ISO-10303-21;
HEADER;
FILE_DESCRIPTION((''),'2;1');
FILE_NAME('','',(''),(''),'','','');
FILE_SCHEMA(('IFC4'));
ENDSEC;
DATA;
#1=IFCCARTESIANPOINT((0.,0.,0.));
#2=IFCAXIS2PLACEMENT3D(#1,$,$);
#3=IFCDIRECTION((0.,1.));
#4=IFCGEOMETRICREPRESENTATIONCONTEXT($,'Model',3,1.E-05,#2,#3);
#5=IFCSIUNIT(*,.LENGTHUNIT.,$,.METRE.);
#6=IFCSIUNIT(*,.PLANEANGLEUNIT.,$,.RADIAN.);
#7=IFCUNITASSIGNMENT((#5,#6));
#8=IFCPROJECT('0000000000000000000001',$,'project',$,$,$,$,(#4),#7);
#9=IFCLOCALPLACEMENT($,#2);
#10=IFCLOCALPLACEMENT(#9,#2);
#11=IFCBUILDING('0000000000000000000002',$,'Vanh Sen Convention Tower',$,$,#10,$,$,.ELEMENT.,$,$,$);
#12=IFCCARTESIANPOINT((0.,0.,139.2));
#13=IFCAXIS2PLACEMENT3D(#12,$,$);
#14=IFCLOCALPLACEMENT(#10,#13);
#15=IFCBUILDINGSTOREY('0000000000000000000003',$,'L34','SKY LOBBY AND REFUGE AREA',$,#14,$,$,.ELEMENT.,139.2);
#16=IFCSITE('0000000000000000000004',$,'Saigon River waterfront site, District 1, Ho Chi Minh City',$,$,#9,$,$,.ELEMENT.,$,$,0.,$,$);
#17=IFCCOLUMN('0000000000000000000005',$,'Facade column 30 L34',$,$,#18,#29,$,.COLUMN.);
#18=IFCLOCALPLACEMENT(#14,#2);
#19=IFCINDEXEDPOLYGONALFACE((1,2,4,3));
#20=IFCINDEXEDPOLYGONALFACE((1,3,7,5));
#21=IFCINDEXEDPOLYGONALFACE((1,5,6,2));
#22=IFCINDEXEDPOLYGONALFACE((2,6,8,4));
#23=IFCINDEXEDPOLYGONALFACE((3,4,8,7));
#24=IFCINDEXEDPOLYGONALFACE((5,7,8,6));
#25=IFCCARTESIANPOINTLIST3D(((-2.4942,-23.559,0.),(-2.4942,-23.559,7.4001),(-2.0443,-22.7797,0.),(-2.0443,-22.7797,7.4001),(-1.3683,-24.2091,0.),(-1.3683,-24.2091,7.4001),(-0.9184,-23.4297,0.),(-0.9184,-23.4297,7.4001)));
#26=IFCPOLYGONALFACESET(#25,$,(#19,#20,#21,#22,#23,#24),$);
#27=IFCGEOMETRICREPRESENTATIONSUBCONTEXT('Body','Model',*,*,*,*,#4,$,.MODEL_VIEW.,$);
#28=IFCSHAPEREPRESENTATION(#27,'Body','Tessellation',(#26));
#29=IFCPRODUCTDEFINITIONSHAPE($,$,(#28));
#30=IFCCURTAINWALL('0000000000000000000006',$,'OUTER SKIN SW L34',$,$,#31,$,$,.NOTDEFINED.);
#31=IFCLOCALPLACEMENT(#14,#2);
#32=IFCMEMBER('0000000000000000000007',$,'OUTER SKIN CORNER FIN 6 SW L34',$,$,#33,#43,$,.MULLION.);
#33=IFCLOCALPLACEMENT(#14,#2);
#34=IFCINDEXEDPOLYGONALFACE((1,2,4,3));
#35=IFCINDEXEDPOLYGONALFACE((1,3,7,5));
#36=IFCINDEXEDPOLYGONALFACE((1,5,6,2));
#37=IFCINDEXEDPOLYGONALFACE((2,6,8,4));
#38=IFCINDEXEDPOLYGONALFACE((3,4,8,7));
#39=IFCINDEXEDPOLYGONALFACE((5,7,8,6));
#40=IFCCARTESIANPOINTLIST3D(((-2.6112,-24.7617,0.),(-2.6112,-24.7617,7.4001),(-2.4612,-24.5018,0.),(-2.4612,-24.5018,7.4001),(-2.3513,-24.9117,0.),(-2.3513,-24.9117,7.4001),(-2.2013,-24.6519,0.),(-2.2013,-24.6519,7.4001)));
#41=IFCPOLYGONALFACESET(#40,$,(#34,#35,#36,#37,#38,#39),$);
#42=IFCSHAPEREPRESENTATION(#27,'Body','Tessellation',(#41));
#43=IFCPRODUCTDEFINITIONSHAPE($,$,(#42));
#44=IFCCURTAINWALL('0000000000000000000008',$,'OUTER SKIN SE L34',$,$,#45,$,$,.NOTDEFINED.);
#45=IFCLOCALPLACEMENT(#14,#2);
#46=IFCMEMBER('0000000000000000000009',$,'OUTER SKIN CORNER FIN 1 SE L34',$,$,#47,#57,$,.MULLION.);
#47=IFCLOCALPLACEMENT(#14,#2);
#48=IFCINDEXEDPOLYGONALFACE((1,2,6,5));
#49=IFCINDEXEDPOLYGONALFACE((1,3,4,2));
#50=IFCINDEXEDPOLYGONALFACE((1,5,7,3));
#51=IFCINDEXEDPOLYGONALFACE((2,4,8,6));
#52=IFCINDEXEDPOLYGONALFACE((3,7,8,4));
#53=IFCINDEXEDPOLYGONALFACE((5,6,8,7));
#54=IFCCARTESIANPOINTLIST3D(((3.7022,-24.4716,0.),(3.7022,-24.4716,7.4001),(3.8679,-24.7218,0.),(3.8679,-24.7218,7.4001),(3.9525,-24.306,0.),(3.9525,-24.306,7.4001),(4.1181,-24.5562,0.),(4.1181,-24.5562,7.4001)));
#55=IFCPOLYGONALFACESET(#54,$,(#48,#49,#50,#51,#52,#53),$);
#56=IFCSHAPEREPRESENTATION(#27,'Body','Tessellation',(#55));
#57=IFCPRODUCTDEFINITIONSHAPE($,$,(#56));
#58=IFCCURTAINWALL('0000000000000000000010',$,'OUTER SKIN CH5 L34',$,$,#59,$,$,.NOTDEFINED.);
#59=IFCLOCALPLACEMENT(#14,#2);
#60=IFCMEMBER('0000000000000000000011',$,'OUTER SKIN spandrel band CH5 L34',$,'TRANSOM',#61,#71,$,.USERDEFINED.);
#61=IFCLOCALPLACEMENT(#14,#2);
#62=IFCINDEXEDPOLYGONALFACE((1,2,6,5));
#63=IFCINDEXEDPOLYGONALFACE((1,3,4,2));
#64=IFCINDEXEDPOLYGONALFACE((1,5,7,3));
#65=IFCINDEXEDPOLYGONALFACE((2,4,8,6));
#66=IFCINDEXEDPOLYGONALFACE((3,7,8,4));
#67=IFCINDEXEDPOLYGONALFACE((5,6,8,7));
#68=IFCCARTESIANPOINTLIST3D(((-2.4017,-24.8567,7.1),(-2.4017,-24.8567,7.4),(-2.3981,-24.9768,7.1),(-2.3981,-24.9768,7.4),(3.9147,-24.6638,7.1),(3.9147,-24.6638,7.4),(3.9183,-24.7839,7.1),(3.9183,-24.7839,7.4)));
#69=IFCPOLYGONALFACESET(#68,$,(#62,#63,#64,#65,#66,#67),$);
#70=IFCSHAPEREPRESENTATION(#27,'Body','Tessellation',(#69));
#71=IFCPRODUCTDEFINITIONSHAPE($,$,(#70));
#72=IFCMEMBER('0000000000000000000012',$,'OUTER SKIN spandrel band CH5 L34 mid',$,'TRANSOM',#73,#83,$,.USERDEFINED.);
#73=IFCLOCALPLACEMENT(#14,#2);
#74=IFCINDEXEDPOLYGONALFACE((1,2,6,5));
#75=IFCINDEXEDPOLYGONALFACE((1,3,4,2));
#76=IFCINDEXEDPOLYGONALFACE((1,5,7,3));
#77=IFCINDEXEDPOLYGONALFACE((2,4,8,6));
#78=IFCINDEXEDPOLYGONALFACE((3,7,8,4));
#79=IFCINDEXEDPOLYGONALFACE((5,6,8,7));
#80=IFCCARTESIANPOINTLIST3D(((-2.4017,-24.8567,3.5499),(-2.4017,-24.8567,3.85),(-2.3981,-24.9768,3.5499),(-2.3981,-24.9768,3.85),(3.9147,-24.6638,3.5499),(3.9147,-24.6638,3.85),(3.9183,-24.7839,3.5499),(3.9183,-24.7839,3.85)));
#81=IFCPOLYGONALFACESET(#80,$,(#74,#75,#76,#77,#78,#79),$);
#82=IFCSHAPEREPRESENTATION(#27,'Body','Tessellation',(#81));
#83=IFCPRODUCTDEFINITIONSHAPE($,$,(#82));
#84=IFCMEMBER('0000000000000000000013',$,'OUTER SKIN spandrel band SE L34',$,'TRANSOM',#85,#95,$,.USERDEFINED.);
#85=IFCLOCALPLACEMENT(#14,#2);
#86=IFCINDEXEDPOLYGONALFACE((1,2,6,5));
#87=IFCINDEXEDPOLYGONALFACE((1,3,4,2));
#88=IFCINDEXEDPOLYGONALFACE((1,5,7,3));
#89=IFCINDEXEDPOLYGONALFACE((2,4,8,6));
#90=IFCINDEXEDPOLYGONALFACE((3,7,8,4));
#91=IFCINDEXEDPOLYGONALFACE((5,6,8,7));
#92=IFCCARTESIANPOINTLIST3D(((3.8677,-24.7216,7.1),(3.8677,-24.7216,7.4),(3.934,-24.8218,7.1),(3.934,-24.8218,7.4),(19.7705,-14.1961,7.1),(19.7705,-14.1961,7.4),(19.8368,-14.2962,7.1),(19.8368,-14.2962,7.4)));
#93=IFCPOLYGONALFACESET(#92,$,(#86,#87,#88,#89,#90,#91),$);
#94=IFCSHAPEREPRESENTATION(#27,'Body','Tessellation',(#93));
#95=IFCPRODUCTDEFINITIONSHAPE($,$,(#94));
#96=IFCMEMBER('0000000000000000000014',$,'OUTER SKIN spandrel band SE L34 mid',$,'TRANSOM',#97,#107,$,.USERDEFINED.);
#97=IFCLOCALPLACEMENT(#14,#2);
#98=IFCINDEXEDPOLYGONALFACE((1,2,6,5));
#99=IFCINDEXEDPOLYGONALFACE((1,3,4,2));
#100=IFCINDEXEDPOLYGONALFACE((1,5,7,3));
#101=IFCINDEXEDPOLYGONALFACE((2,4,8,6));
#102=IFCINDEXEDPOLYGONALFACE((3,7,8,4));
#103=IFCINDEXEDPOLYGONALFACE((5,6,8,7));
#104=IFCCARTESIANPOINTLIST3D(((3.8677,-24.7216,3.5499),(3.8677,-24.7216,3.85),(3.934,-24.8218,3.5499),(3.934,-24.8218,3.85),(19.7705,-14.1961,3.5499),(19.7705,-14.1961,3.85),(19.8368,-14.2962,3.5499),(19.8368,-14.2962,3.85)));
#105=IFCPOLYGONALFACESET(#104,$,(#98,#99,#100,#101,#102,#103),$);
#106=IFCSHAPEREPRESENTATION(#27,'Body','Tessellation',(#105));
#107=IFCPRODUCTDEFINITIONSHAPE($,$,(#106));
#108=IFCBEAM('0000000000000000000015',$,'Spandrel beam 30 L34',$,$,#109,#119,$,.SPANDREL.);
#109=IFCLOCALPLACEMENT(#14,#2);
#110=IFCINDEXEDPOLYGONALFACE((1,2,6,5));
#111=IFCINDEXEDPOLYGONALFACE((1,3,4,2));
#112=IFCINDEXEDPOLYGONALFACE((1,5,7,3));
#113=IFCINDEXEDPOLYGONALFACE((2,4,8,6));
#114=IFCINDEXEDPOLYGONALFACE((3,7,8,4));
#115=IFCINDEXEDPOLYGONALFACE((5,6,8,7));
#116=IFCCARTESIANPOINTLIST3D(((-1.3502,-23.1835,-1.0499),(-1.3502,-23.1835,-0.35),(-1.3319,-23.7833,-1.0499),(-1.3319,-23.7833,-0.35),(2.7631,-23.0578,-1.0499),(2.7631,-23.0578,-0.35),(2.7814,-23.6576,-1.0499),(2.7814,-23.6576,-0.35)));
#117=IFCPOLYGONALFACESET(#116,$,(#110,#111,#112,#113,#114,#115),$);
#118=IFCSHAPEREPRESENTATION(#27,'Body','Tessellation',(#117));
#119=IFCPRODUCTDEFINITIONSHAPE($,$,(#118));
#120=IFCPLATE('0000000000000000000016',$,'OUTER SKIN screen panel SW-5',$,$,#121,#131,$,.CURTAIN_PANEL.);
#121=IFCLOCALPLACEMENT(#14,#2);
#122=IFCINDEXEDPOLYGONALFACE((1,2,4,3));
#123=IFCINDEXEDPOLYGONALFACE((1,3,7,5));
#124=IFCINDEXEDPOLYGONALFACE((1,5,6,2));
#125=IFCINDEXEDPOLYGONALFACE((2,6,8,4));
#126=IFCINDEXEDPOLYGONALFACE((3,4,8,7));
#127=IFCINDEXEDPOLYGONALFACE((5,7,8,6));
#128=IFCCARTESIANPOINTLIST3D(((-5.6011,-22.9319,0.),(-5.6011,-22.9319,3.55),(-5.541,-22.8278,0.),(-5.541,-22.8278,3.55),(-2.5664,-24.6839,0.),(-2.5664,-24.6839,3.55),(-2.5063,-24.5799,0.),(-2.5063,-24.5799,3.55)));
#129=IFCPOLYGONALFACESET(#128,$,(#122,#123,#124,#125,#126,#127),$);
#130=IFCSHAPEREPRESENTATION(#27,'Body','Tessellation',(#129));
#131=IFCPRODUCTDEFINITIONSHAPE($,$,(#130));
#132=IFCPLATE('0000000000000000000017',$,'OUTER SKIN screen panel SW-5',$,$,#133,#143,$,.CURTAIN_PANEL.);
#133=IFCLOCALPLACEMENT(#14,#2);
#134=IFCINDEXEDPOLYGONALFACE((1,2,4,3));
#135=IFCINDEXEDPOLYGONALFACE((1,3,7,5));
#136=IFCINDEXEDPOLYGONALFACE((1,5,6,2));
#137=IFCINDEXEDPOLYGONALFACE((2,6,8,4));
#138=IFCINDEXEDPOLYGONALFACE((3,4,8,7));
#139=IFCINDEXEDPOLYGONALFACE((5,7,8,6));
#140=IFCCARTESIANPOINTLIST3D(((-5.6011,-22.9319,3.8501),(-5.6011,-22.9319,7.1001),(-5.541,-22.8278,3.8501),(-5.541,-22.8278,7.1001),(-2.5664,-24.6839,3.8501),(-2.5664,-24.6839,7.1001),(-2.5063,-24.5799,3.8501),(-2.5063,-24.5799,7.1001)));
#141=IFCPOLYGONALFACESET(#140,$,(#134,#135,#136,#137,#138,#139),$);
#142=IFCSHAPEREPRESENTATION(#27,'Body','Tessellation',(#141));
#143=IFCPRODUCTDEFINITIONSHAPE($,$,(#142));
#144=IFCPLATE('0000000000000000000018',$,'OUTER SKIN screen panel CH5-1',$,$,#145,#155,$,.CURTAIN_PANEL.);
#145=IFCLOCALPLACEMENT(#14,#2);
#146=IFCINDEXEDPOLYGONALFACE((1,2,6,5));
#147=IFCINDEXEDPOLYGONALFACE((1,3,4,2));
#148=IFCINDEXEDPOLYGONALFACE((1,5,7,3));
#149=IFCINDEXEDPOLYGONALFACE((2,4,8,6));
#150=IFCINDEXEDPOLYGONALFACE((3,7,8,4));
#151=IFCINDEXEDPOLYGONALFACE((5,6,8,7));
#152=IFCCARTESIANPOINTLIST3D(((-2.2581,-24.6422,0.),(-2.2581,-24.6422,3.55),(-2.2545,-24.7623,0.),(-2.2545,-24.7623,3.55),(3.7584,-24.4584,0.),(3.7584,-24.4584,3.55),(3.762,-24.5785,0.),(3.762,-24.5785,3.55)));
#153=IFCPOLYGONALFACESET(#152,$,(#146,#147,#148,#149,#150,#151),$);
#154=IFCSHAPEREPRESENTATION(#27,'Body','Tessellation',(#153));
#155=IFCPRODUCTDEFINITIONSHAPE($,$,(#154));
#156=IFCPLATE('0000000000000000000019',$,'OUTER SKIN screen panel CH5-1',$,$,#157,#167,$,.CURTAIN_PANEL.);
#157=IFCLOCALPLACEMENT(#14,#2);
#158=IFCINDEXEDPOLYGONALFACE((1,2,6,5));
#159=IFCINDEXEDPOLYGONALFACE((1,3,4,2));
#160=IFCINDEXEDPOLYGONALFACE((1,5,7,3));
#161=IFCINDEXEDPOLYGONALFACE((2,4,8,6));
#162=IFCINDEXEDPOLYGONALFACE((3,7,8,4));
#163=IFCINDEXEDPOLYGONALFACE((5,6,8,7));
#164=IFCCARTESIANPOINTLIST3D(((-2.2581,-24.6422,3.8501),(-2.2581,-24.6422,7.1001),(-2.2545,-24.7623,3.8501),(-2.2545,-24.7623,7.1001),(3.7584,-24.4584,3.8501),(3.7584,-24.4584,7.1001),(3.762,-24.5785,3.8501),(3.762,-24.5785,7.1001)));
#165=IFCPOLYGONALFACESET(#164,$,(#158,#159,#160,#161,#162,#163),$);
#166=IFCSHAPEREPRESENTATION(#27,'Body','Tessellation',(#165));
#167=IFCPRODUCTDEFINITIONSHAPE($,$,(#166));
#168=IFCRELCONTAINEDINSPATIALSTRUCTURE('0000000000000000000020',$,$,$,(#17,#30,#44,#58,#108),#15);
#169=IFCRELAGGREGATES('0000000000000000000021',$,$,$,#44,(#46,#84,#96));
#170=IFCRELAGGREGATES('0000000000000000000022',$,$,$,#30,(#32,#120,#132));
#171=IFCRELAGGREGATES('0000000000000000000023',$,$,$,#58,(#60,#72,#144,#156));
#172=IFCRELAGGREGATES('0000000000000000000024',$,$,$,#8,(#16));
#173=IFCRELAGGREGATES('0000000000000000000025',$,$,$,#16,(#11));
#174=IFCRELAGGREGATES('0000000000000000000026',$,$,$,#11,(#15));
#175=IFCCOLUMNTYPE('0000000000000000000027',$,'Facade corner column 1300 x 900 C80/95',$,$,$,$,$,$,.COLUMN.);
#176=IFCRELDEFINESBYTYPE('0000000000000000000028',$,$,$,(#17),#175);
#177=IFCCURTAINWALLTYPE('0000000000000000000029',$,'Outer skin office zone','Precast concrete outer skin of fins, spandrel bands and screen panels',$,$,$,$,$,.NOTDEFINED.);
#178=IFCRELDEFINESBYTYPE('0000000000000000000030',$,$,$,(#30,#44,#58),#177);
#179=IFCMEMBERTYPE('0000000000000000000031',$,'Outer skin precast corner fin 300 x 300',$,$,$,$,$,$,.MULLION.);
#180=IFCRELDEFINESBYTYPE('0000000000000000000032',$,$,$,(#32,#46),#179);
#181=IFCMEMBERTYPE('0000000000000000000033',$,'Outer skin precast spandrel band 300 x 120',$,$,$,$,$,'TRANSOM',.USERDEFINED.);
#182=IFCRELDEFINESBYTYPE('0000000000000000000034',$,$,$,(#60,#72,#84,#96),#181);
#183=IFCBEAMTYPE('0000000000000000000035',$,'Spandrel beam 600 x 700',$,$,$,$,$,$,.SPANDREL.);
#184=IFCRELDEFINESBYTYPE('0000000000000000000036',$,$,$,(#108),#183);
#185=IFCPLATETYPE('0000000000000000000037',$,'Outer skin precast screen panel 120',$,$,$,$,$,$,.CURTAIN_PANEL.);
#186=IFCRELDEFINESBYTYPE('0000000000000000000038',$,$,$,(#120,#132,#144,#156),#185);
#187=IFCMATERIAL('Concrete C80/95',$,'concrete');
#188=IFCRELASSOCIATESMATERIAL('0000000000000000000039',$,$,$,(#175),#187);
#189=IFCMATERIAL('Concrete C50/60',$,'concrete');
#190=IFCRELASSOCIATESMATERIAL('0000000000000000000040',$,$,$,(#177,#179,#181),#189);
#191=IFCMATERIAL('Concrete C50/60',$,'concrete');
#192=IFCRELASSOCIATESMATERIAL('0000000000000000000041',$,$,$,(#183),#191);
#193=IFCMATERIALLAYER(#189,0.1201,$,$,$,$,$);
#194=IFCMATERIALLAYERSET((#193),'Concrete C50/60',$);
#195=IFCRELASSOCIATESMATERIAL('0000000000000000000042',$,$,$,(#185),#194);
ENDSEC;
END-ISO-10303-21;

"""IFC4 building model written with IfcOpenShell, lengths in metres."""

from ifc_helpers import new_model, si_unit, direction, frame, origin, origin_2d, place, context, subcontext, project, spatial, rectangle, extrude, material, layer, layer_set, material_profile, profile_set, type_object, element, aggregate, save


model = new_model("IFC4")

# Units and contexts
model_context = context("Model", 3, precision=1e-05, world=origin(), true_north=direction((0.0, 1.0)))
body_context = subcontext(model_context, "Body", "Model", "MODEL_VIEW")
ifc_project = project(units=[si_unit("LENGTHUNIT", "METRE"), si_unit("PLANEANGLEUNIT", "RADIAN")], contexts=[model_context])

# Site, building, storey
site_placement = place(None, origin())
site = spatial("IfcSite", under=ifc_project, at=site_placement, Name="Saigon River waterfront site, District 1, Ho Chi Minh City", CompositionType="ELEMENT", RefElevation=0.0)
building_placement = place(site_placement, origin())
building = spatial("IfcBuilding", under=site, at=building_placement, Name="Vanh Sen Convention Tower", CompositionType="ELEMENT")
storey_placement = place(building_placement, frame((0.0, 0.0, 139.2)))
storey = spatial("IfcBuildingStorey", under=building, at=storey_placement, Name="L34", Description="SKY LOBBY AND REFUGE AREA", CompositionType="ELEMENT", Elevation=139.2)

# Column
ifc_material_1 = material(Name="Concrete C80/95", Category="concrete")
ifc_material_profile_1 = material_profile(ifc_material_1, rectangle(XDim=1.3, YDim=0.8999, at=origin_2d()), Name="RC 1300X900")
ifc_profile_set_1 = profile_set([ifc_material_profile_1], Name="Concrete C80/95")
column_type = type_object("IfcColumnType", Name="Facade corner column 1300 x 900 C80/95", PredefinedType="COLUMN", material=ifc_profile_set_1)
column_placement = place(storey_placement, frame((-1.7063, -23.4944, 0.0), z_axis=(0.0, 0.0, 1.0), x_axis=(0.866025, -0.5, 0.0)))
element("IfcColumn", 1, at=column_placement, inside=storey, type_object=column_type, Name="Facade column 30 L34", PredefinedType="COLUMN", context=body_context, shape_type="SweptSolid", body=[
    extrude(rectangle(XDim=1.3, YDim=0.8999, at=origin_2d()), origin(), (0.0, 0.0, 1.0), 7.4001),
])

# Curtain walls, members
ifc_material_2 = material(Name="Concrete C50/60", Category="concrete")
curtain_wall_type = type_object("IfcCurtainWallType", Name="Outer skin office zone", Description="Precast concrete outer skin of fins, spandrel bands and screen panels", PredefinedType="NOTDEFINED", material=ifc_material_2)
curtain_wall_1_placement = place(storey_placement, origin())
curtain_wall_1 = element("IfcCurtainWall", 2, at=curtain_wall_1_placement, inside=storey, type_object=curtain_wall_type, Name="OUTER SKIN SW L34", PredefinedType="NOTDEFINED")
ifc_material_profile_2 = material_profile(ifc_material_2, rectangle(XDim=0.3, YDim=0.3, at=origin_2d()), Name="Outer skin precast corner fin 300 x 300")
ifc_profile_set_2 = profile_set([ifc_material_profile_2], Name="Concrete C50/60")
member_type_1 = type_object("IfcMemberType", Name="Outer skin precast corner fin 300 x 300", PredefinedType="MULLION", material=ifc_profile_set_2)
member_1_placement = place(storey_placement, frame((-2.4062, -24.7068, 0.0), z_axis=(0.0, 0.0, 1.0), x_axis=(0.866025, -0.5, 0.0)))
member_1 = element("IfcMember", 3, at=member_1_placement, type_object=member_type_1, Name="OUTER SKIN CORNER FIN 6 SW L34", PredefinedType="MULLION", context=body_context, shape_type="SweptSolid", body=[
    extrude(rectangle(XDim=0.3, YDim=0.3, at=origin_2d()), origin(), (0.0, 0.0, 1.0), 7.4001),
])
curtain_wall_2_placement = place(storey_placement, origin())
curtain_wall_2 = element("IfcCurtainWall", 4, at=curtain_wall_2_placement, inside=storey, type_object=curtain_wall_type, Name="OUTER SKIN SE L34", PredefinedType="NOTDEFINED")
member_2_placement = place(storey_placement, frame((3.9102, -24.5139, 0.0), z_axis=(0.0, 0.0, 1.0), x_axis=(0.833886, 0.551937, 0.0)))
member_2 = element("IfcMember", 5, at=member_2_placement, type_object=member_type_1, Name="OUTER SKIN CORNER FIN 1 SE L34", PredefinedType="MULLION", context=body_context, shape_type="SweptSolid", body=[
    extrude(rectangle(XDim=0.3, YDim=0.3, at=origin_2d()), origin(), (0.0, 0.0, 1.0), 7.4001),
])

# Curtain wall, members
curtain_wall_3_placement = place(storey_placement, origin())
curtain_wall_3 = element("IfcCurtainWall", 6, at=curtain_wall_3_placement, inside=storey, type_object=curtain_wall_type, Name="OUTER SKIN CH5 L34", PredefinedType="NOTDEFINED")
ifc_material_profile_3 = material_profile(ifc_material_2, rectangle(XDim=0.1201, YDim=0.3, at=origin_2d()), Name="Outer skin precast spandrel band 300 x 120")
ifc_profile_set_3 = profile_set([ifc_material_profile_3], Name="Concrete C50/60")
member_type_2 = type_object("IfcMemberType", Name="Outer skin precast spandrel band 300 x 120", ElementType="TRANSOM", PredefinedType="USERDEFINED", material=ifc_profile_set_3)
member_3_placement = place(storey_placement, frame((-2.3999, -24.9167, 7.25), z_axis=(0.999534, 0.030521, 0.0), x_axis=(-0.030521, 0.999534, 0.0)))
member_3 = element("IfcMember", 7, at=member_3_placement, type_object=member_type_2, Name="OUTER SKIN spandrel band CH5 L34", ObjectType="TRANSOM", PredefinedType="USERDEFINED", context=body_context, shape_type="SweptSolid", body=[
    extrude(rectangle(XDim=0.1201, YDim=0.3, at=origin_2d()), origin(), (0.0, 0.0, 1.0), 6.3193),
])
member_4_placement = place(storey_placement, frame((-2.3999, -24.9167, 3.7), z_axis=(0.999534, 0.030521, 0.0), x_axis=(-0.030521, 0.999534, 0.0)))
member_4 = element("IfcMember", 8, at=member_4_placement, type_object=member_type_2, Name="OUTER SKIN spandrel band CH5 L34 mid", ObjectType="TRANSOM", PredefinedType="USERDEFINED", context=body_context, shape_type="SweptSolid", body=[
    extrude(rectangle(XDim=0.1201, YDim=0.3, at=origin_2d()), origin(), (0.0, 0.0, 1.0), 6.3193),
])

# Members
member_5_placement = place(storey_placement, frame((3.9009, -24.7717, 7.25), z_axis=(0.833891, 0.551929, 0.0), x_axis=(-0.551929, 0.833891, 0.0)))
member_5 = element("IfcMember", 9, at=member_5_placement, type_object=member_type_2, Name="OUTER SKIN spandrel band SE L34", ObjectType="TRANSOM", PredefinedType="USERDEFINED", context=body_context, shape_type="SweptSolid", body=[
    extrude(rectangle(XDim=0.1201, YDim=0.3, at=origin_2d()), origin(), (0.0, 0.0, 1.0), 19.0706),
])
member_6_placement = place(storey_placement, frame((3.9009, -24.7717, 3.7), z_axis=(0.833891, 0.551929, 0.0), x_axis=(-0.551929, 0.833891, 0.0)))
member_6 = element("IfcMember", 10, at=member_6_placement, type_object=member_type_2, Name="OUTER SKIN spandrel band SE L34 mid", ObjectType="TRANSOM", PredefinedType="USERDEFINED", context=body_context, shape_type="SweptSolid", body=[
    extrude(rectangle(XDim=0.1201, YDim=0.3, at=origin_2d()), origin(), (0.0, 0.0, 1.0), 19.0706),
])
aggregate(curtain_wall_2, [member_2, member_5, member_6])

# Beam
ifc_material_3 = material(Name="Concrete C50/60", Category="concrete")
ifc_material_profile_4 = material_profile(ifc_material_3, rectangle(XDim=0.6001, YDim=0.7, at=origin_2d()), Name="RC 600X700")
ifc_profile_set_4 = profile_set([ifc_material_profile_4], Name="Concrete C50/60")
beam_type = type_object("IfcBeamType", Name="Spandrel beam 600 x 700", PredefinedType="SPANDREL", material=ifc_profile_set_4)
beam_placement = place(storey_placement, frame((-1.3411, -23.4834, -0.7), z_axis=(0.999533, 0.030553, 0.0), x_axis=(-0.030553, 0.999533, 0.0)))
element("IfcBeam", 11, at=beam_placement, inside=storey, type_object=beam_type, Name="Spandrel beam 30 L34", PredefinedType="SPANDREL", context=body_context, shape_type="SweptSolid", body=[
    extrude(rectangle(XDim=0.6001, YDim=0.7, at=origin_2d()), origin(), (0.0, 0.0, 1.0), 4.1152),
])

# Plates
ifc_layer_1 = layer(ifc_material_2, 0.1201)
ifc_layer_set_1 = layer_set([ifc_layer_1], Name="Concrete C50/60")
plate_type = type_object("IfcPlateType", Name="Outer skin precast screen panel 120", PredefinedType="CURTAIN_PANEL", material=ifc_layer_set_1)
plate_1_placement = place(storey_placement, frame((-4.0537, -23.7559, 0.0), z_axis=(0.0, 0.0, 1.0), x_axis=(0.866035, -0.499983, 0.0)))
plate_1 = element("IfcPlate", 12, at=plate_1_placement, type_object=plate_type, Name="OUTER SKIN screen panel SW-5", PredefinedType="CURTAIN_PANEL", context=body_context, shape_type="SweptSolid", body=[
    extrude(rectangle(XDim=3.5042, YDim=0.1201, at=origin_2d()), origin(), (0.0, 0.0, 1.0), 3.55),
])
plate_2_placement = place(storey_placement, frame((-4.0537, -23.7559, 3.8501), z_axis=(0.0, 0.0, 1.0), x_axis=(0.866035, -0.499983, 0.0)))
plate_2 = element("IfcPlate", 13, at=plate_2_placement, type_object=plate_type, Name="OUTER SKIN screen panel SW-5", PredefinedType="CURTAIN_PANEL", context=body_context, shape_type="SweptSolid", body=[
    extrude(rectangle(XDim=3.5042, YDim=0.1201, at=origin_2d()), origin(), (0.0, 0.0, 1.0), 3.25),
])
aggregate(curtain_wall_1, [member_1, plate_1, plate_2])
plate_3_placement = place(storey_placement, frame((0.752, -24.6104, 0.0), z_axis=(0.0, 0.0, 1.0), x_axis=(0.999534, 0.03054, 0.0)))
plate_3 = element("IfcPlate", 14, at=plate_3_placement, type_object=plate_type, Name="OUTER SKIN screen panel CH5-1", PredefinedType="CURTAIN_PANEL", context=body_context, shape_type="SweptSolid", body=[
    extrude(rectangle(XDim=6.0193, YDim=0.1201, at=origin_2d()), origin(), (0.0, 0.0, 1.0), 3.55),
])
plate_4_placement = place(storey_placement, frame((0.752, -24.6104, 3.8501), z_axis=(0.0, 0.0, 1.0), x_axis=(0.999534, 0.03054, 0.0)))
plate_4 = element("IfcPlate", 15, at=plate_4_placement, type_object=plate_type, Name="OUTER SKIN screen panel CH5-1", PredefinedType="CURTAIN_PANEL", context=body_context, shape_type="SweptSolid", body=[
    extrude(rectangle(XDim=6.0193, YDim=0.1201, at=origin_2d()), origin(), (0.0, 0.0, 1.0), 3.25),
])
aggregate(curtain_wall_3, [member_3, member_4, plate_3, plate_4])

save(model, "model.ifc")
